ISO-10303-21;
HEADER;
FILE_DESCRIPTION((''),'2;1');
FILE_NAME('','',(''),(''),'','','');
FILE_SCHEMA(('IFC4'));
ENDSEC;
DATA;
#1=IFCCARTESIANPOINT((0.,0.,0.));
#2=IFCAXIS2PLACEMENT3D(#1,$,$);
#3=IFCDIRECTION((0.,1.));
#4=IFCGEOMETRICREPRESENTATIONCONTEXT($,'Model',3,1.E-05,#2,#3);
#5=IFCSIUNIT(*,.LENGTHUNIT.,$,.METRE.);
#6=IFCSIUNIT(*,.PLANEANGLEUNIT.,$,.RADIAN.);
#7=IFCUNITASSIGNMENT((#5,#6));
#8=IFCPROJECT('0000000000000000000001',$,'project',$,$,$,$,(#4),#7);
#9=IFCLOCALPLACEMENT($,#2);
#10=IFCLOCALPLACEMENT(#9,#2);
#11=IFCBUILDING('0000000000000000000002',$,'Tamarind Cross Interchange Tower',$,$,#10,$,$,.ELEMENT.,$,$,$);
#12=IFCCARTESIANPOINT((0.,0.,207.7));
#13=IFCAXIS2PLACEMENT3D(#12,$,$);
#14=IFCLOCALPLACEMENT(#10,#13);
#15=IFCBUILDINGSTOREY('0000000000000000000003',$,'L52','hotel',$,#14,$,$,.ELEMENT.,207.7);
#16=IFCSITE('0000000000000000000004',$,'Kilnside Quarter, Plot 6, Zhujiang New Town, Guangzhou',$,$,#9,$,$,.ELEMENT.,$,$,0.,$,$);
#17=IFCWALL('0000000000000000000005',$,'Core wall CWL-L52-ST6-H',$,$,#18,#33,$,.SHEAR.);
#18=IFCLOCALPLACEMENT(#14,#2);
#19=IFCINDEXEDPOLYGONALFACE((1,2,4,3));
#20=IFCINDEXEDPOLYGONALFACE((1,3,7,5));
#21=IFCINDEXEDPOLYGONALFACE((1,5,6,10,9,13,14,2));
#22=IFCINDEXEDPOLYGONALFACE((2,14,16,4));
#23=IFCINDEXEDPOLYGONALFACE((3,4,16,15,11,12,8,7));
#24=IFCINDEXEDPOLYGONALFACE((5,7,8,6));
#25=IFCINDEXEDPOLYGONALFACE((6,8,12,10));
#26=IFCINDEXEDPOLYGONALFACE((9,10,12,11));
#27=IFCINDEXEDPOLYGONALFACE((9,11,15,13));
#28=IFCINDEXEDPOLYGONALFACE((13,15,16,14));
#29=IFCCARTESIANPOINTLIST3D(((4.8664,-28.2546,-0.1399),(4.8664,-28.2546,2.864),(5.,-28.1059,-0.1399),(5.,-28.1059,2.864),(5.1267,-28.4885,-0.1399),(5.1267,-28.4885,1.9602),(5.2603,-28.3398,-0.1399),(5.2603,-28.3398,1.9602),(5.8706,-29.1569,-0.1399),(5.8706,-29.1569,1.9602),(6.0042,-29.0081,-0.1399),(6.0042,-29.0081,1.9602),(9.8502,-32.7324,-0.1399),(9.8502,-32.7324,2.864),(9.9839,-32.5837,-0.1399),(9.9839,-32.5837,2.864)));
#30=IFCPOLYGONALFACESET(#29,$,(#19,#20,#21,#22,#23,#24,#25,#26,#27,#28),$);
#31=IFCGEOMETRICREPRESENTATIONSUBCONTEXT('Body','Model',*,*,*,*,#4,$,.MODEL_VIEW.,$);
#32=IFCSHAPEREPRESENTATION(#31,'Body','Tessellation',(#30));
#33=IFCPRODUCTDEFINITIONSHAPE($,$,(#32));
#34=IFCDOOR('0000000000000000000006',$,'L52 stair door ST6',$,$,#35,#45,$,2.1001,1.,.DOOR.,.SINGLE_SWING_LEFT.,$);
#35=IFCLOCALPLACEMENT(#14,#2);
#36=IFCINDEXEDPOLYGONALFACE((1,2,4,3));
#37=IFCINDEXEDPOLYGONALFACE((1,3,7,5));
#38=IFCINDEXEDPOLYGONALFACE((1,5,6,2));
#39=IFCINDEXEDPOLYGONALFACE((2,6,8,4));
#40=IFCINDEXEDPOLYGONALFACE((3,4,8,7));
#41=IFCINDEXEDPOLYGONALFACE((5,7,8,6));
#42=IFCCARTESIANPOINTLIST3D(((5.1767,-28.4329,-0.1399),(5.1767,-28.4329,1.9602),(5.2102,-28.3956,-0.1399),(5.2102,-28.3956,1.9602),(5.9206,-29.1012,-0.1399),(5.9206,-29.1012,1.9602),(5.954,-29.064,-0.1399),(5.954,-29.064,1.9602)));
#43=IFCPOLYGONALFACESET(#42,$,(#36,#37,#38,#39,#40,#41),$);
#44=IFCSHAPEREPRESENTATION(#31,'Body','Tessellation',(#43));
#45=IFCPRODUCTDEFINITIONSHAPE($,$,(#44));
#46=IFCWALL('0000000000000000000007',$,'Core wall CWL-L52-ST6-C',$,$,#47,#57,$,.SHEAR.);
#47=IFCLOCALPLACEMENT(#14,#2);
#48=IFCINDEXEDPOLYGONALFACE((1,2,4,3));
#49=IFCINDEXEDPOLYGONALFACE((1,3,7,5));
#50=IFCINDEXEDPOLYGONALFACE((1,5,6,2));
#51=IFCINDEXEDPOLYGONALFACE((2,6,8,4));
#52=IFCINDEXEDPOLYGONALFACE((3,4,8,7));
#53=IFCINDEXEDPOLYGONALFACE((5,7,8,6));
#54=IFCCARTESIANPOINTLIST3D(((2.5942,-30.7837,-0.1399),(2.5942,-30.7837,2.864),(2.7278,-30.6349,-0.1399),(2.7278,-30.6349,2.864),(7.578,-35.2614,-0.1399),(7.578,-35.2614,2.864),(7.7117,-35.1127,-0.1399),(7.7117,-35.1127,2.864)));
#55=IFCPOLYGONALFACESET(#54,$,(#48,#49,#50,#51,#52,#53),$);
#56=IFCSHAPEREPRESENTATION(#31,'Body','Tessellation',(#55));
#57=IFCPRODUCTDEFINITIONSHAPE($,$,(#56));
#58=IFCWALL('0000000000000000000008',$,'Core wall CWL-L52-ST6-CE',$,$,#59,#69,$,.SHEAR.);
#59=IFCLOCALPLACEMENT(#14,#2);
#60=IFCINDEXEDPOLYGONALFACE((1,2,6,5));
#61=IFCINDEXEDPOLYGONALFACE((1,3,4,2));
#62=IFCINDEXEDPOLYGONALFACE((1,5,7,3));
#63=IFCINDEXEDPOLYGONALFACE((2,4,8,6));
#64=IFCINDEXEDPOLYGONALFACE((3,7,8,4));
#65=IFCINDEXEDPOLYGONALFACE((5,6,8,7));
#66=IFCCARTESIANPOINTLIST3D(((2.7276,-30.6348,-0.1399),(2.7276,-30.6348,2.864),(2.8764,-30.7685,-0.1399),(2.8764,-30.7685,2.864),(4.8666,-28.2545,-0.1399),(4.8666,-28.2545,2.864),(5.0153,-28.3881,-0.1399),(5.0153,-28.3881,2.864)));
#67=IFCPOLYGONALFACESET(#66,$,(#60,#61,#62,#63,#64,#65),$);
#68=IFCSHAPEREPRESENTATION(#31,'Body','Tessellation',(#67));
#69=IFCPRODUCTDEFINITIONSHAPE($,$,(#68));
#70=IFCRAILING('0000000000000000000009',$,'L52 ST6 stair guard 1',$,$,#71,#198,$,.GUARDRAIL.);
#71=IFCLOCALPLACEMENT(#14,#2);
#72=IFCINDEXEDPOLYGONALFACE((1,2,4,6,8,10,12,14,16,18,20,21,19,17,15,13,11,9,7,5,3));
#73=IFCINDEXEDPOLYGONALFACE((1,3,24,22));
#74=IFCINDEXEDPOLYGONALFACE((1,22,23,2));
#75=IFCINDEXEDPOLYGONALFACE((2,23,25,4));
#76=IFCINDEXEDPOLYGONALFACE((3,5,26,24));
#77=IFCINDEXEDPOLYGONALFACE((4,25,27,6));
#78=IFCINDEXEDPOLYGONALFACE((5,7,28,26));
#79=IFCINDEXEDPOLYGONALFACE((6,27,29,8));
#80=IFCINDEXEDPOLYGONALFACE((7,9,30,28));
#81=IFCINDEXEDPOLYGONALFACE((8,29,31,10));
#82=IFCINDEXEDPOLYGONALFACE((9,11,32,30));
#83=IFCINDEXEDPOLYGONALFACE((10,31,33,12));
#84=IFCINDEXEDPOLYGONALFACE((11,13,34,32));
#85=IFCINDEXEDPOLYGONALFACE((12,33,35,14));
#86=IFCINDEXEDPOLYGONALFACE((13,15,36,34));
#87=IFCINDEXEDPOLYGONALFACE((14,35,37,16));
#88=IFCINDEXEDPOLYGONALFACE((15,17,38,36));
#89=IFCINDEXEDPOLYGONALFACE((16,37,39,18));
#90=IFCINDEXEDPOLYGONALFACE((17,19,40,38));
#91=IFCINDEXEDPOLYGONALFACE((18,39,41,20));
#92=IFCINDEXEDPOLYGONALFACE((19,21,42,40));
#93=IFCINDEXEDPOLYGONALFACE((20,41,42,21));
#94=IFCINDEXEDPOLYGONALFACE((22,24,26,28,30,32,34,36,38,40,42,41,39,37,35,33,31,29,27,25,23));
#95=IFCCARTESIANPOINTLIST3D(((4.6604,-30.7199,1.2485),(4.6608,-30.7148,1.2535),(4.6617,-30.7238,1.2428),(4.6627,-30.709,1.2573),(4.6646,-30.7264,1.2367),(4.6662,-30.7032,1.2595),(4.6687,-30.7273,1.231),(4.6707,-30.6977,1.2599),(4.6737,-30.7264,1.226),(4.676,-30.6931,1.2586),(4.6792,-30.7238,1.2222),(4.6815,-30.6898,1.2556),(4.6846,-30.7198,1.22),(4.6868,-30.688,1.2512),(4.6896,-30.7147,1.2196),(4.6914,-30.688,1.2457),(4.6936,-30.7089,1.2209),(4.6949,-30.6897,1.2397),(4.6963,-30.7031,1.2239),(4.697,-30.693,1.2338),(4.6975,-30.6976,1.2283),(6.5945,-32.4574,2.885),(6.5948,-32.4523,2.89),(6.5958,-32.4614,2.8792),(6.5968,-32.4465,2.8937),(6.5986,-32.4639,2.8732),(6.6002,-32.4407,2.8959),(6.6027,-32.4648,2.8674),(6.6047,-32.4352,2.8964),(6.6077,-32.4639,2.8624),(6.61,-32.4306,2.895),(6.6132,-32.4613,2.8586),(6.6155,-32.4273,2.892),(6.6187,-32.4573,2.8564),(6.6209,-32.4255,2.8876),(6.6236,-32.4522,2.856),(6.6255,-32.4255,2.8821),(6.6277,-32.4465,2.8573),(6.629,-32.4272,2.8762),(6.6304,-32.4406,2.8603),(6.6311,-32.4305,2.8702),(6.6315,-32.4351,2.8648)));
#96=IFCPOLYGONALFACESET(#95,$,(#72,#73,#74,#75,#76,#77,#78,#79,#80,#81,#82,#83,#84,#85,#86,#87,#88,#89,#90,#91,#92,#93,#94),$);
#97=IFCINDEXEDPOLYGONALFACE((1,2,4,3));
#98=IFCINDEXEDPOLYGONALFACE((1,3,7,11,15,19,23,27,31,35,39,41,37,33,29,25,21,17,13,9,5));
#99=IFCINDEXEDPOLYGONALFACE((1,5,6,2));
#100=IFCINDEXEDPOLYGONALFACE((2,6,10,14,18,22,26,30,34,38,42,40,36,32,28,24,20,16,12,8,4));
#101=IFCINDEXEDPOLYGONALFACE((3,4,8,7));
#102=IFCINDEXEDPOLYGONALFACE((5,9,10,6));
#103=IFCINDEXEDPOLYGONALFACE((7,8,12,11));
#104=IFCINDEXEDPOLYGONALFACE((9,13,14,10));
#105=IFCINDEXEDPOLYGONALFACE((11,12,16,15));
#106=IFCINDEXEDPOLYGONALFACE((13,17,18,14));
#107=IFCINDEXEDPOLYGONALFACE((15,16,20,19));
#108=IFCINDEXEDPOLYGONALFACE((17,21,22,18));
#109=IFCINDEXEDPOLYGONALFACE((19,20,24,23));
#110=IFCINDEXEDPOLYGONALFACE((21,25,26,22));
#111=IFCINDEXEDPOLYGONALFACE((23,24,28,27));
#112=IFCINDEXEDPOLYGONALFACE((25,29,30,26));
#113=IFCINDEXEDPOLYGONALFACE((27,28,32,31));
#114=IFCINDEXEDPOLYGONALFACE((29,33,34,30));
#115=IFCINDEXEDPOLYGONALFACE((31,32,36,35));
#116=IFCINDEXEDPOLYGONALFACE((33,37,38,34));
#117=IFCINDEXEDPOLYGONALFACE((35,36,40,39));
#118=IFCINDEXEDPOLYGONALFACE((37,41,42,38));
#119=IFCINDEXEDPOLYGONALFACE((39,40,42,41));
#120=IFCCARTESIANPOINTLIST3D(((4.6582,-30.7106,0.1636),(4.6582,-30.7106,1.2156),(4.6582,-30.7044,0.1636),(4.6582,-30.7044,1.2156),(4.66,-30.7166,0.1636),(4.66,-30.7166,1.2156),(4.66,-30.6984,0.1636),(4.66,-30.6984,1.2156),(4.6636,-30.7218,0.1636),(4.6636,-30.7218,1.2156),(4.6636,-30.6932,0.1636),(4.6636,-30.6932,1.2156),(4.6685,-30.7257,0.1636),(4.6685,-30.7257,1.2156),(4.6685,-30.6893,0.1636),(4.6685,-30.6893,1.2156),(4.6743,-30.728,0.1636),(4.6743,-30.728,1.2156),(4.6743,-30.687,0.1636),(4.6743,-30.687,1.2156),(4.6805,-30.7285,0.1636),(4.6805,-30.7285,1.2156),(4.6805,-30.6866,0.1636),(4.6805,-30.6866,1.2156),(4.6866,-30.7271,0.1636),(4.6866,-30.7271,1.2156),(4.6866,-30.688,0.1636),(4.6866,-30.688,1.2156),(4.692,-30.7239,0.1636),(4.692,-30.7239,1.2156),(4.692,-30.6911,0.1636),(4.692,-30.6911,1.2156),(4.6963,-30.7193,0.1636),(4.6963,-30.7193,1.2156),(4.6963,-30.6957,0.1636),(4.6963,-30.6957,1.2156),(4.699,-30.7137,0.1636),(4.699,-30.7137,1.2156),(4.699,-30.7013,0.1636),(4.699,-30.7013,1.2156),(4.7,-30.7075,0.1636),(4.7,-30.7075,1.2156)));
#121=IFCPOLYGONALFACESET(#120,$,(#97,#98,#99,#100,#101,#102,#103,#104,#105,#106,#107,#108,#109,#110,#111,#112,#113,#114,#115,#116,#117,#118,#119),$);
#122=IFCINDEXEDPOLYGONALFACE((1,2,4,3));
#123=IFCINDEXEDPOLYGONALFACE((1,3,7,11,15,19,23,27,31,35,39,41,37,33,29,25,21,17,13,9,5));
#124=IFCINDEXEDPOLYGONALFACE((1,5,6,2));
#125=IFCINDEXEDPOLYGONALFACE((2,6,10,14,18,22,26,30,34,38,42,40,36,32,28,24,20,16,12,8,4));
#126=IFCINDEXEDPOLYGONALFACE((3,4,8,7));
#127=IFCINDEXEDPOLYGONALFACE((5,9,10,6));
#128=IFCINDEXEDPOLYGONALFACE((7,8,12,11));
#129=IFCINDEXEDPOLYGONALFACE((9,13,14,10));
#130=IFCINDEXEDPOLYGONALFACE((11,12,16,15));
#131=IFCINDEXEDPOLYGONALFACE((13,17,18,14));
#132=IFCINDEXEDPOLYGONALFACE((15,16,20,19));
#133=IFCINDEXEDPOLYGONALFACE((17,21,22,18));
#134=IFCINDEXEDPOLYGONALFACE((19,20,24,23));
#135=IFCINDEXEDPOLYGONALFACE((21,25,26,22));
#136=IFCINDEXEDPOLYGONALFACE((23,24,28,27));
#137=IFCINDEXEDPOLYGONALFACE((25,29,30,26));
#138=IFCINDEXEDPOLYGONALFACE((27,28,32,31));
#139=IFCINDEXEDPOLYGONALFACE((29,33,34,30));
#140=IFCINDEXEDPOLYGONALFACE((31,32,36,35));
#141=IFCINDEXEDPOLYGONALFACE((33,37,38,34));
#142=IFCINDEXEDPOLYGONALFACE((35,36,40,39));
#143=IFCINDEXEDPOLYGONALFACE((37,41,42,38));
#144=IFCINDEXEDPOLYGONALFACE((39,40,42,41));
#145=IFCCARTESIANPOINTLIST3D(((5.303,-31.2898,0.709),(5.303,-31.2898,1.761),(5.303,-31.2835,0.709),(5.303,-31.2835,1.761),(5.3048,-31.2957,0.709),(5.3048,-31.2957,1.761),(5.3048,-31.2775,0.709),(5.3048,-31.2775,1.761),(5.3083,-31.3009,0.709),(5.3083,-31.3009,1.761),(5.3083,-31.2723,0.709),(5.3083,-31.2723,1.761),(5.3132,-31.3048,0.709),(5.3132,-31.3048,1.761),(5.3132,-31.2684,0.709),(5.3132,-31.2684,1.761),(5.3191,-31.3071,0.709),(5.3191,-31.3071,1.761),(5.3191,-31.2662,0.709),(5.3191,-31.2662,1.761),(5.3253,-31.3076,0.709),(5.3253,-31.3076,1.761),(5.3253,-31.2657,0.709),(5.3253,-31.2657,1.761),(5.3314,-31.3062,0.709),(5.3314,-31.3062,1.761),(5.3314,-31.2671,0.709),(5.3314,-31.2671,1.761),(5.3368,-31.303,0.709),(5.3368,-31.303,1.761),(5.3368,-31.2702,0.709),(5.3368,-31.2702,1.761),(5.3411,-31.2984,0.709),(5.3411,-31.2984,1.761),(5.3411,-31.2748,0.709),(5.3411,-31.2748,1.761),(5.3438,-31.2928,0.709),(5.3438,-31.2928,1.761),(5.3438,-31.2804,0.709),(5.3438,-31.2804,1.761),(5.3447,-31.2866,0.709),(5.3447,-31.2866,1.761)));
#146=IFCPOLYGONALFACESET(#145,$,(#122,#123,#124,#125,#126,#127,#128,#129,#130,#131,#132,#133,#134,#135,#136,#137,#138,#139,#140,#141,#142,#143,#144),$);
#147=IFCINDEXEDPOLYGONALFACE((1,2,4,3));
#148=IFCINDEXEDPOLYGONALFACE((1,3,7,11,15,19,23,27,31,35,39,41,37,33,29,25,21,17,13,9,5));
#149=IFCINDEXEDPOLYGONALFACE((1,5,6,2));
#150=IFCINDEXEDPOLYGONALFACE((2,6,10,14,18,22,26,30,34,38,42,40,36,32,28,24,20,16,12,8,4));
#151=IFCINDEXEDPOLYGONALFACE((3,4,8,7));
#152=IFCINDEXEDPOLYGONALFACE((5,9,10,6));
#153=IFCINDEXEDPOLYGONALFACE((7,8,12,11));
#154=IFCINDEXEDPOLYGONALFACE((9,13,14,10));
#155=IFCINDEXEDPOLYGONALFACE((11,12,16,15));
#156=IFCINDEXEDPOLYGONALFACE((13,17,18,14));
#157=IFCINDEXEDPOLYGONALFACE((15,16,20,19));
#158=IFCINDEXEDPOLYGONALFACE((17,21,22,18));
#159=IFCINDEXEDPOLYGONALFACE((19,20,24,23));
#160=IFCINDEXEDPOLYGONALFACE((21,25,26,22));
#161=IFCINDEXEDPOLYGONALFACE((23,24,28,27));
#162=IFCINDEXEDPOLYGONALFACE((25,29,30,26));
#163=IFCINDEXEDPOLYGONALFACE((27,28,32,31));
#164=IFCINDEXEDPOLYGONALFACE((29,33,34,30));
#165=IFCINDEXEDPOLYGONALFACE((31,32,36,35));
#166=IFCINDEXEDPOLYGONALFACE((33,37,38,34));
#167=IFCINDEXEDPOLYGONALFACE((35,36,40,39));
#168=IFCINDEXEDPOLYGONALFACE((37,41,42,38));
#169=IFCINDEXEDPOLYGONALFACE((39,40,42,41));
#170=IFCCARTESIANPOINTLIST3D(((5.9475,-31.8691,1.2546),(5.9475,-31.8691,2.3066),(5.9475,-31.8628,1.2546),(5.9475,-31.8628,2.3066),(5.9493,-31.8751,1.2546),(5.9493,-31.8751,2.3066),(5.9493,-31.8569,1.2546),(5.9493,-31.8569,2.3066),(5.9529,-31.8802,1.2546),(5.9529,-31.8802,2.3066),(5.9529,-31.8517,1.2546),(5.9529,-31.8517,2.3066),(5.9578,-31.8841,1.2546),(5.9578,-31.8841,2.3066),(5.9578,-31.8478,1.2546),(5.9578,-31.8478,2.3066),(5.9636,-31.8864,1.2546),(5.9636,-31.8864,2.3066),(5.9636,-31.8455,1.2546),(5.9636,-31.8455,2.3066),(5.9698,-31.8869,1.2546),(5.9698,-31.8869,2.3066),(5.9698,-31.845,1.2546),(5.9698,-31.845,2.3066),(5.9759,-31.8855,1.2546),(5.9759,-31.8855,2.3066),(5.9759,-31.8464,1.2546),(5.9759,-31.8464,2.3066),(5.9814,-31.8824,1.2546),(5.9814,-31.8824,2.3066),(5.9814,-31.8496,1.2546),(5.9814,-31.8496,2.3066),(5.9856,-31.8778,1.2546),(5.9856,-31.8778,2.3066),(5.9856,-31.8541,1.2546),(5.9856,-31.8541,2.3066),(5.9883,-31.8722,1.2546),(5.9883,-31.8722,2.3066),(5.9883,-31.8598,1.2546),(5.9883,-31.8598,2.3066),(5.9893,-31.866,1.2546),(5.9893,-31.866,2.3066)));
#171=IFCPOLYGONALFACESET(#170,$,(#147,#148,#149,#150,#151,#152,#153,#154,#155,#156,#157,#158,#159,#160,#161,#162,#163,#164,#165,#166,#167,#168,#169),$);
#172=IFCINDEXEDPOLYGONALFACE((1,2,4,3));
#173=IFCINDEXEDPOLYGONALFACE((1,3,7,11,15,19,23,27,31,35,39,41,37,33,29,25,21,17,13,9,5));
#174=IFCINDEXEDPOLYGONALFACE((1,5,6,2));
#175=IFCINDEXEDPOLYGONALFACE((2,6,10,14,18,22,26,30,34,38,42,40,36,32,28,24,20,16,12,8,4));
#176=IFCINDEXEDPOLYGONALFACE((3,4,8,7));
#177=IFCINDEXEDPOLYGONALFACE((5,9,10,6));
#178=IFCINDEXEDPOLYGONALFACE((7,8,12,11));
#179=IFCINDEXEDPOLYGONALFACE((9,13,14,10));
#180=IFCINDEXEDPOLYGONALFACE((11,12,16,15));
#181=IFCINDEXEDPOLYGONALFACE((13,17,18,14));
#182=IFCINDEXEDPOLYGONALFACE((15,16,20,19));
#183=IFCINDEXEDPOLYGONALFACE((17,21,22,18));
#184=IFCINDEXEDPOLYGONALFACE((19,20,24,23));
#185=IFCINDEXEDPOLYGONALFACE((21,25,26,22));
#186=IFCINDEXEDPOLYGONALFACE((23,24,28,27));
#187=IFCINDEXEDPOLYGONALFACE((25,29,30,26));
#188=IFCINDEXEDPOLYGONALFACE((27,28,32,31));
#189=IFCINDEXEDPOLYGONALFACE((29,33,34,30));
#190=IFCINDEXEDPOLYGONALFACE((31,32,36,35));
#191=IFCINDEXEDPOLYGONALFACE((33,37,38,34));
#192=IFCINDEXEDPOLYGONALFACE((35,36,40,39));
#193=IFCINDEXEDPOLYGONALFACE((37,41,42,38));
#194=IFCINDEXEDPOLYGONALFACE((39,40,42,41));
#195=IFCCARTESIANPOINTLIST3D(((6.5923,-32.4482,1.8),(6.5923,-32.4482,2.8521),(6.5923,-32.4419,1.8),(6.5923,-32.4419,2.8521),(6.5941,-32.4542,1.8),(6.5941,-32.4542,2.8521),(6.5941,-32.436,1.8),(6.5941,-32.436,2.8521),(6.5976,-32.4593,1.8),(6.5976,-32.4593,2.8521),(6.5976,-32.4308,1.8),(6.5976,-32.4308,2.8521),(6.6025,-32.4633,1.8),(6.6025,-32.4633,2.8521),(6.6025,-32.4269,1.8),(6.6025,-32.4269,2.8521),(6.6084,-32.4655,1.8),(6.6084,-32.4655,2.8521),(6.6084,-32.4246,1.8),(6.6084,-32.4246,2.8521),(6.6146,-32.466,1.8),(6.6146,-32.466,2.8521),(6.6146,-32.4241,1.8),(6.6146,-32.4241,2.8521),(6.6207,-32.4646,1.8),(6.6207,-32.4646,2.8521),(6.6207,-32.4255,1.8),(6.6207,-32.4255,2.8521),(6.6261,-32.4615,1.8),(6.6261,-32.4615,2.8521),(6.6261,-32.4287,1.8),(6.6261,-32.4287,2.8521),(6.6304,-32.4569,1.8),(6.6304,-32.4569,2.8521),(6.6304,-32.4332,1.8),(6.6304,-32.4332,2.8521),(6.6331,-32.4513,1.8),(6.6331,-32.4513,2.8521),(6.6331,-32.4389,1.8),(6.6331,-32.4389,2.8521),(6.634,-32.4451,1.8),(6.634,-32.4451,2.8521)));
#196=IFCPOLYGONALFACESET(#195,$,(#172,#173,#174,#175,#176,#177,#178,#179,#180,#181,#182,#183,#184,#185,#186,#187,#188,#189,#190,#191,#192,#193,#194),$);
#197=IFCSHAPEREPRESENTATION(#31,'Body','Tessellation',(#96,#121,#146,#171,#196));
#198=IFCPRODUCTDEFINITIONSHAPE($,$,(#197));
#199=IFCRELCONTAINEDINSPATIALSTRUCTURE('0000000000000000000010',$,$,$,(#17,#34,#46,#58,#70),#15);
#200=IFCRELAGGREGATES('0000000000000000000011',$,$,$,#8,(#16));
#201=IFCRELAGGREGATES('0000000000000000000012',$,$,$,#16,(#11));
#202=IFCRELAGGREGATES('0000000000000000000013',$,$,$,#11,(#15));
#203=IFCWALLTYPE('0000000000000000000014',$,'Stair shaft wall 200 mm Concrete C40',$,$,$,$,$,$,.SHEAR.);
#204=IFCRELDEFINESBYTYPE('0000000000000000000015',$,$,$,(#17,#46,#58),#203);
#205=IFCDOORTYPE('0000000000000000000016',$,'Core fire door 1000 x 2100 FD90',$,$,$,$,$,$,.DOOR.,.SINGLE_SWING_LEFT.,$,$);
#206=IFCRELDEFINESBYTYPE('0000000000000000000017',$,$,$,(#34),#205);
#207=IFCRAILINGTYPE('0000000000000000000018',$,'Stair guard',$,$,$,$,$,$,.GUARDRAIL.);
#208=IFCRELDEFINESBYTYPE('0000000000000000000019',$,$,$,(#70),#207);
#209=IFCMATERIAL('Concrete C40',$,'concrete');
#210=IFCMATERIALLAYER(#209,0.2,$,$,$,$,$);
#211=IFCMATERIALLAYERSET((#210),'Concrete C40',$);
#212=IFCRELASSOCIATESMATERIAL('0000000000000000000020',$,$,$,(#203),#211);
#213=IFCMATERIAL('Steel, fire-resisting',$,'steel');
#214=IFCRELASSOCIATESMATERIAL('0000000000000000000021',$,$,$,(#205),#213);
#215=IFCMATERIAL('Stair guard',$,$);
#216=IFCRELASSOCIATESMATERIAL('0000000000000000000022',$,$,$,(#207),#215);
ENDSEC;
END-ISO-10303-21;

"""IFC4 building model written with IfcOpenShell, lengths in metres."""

from ifc_helpers import new_model, si_unit, direction, frame, frame_2d, origin, origin_2d, place, context, subcontext, project, spatial, rectangle, circle, extrude, material, layer, layer_set, type_object, element, fill, save


model = new_model("IFC4")

# Units and contexts
model_context = context("Model", 3, precision=1e-05, world=origin(), true_north=direction((0.0, 1.0)))
body_context = subcontext(model_context, "Body", "Model", "MODEL_VIEW")
ifc_project = project(units=[si_unit("LENGTHUNIT", "METRE"), si_unit("PLANEANGLEUNIT", "RADIAN")], contexts=[model_context])

# Site, building, storey
site_placement = place(None, origin())
site = spatial("IfcSite", under=ifc_project, at=site_placement, Name="Kilnside Quarter, Plot 6, Zhujiang New Town, Guangzhou", CompositionType="ELEMENT", RefElevation=0.0)
building_placement = place(site_placement, origin())
building = spatial("IfcBuilding", under=site, at=building_placement, Name="Tamarind Cross Interchange Tower", CompositionType="ELEMENT")
storey_placement = place(building_placement, frame((0.0, 0.0, 207.7)))
storey = spatial("IfcBuildingStorey", under=building, at=storey_placement, Name="L52", Description="hotel", CompositionType="ELEMENT", Elevation=207.7)

# Wall, opening, door
ifc_material_1 = material(Name="Concrete C40", Category="concrete")
ifc_layer_1 = layer(ifc_material_1, 0.2)
ifc_layer_set_1 = layer_set([ifc_layer_1], Name="Concrete C40")
wall_type_1 = type_object("IfcWallType", Name="Stair shaft wall 200 mm Concrete C40", PredefinedType="SHEAR", material=ifc_layer_set_1)
wall_1_placement = place(storey_placement, frame((4.9331, -28.1802, -0.1399), z_axis=(0.0, 0.0, 1.0), x_axis=(0.743866, -0.668328, 0.0)))
wall_1 = element("IfcWall", 1, at=wall_1_placement, inside=storey, type_object=wall_type_1, Name="Core wall CWL-L52-ST6-H", PredefinedType="SHEAR", context=body_context, shape_type="SweptSolid", body=[
    extrude(rectangle(XDim=6.7, YDim=0.2, at=frame_2d((3.3501, 0.0))), origin(), (0.0, 0.0, 1.0), 3.0039),
])
opening_1_placement = place(wall_1_placement, frame((0.3501, 0.0, 0.0)))
opening_1 = element("IfcOpeningElement", 2, at=opening_1_placement, cuts=wall_1, PredefinedType="OPENING", context=body_context, shape_type="SweptSolid", body=[
    extrude(rectangle(XDim=1.0, YDim=2.1001, at=frame_2d((0.5, 1.05))), frame((0.0, 0.1099, 0.0), z_axis=(0.0, -1.0, 0.0), x_axis=(1.0, 0.0, 0.0)), (0.0, 0.0, 1.0), 0.22),
])
ifc_material_2 = material(Name="Steel, fire-resisting", Category="steel")
door_type_1 = type_object("IfcDoorType", Name="Core fire door 1000 x 2100 FD90", OperationType="SINGLE_SWING_LEFT", PredefinedType="DOOR", material=ifc_material_2)
door_1_placement = place(opening_1_placement, origin())
door_1 = element("IfcDoor", 3, at=door_1_placement, inside=storey, type_object=door_type_1, Name="L52 stair door ST6", OperationType="SINGLE_SWING_LEFT", OverallHeight=2.1001, OverallWidth=1.0, PredefinedType="DOOR", context=body_context, shape_type="SweptSolid", body=[
    extrude(rectangle(XDim=1.0, YDim=2.1001, at=frame_2d((0.5, 1.05))), frame((0.0, 0.0249, 0.0), z_axis=(0.0, -1.0, 0.0), x_axis=(1.0, 0.0, 0.0)), (0.0, 0.0, 1.0), 0.05),
])
fill(opening_1, door_1)

# Walls
wall_2_placement = place(storey_placement, frame((2.6609, -30.7092, -0.1399), z_axis=(0.0, 0.0, 1.0), x_axis=(0.743866, -0.668328, 0.0)))
element("IfcWall", 4, at=wall_2_placement, inside=storey, type_object=wall_type_1, Name="Core wall CWL-L52-ST6-C", PredefinedType="SHEAR", context=body_context, shape_type="SweptSolid", body=[
    extrude(rectangle(XDim=6.7, YDim=0.2, at=frame_2d((3.3501, 0.0))), origin(), (0.0, 0.0, 1.0), 3.0039),
])
wall_3_placement = place(storey_placement, frame((2.802, -30.7017, -0.1399), z_axis=(0.0, 0.0, 1.0), x_axis=(0.668374, 0.743825, 0.0)))
element("IfcWall", 5, at=wall_3_placement, inside=storey, type_object=wall_type_1, Name="Core wall CWL-L52-ST6-CE", PredefinedType="SHEAR", context=body_context, shape_type="SweptSolid", body=[
    extrude(rectangle(XDim=3.2002, YDim=0.2, at=frame_2d((1.6001, 0.0))), origin(), (0.0, 0.0, 1.0), 3.0039),
])

# Railing
ifc_material_3 = material(Name="Stair guard")
railing_type = type_object("IfcRailingType", Name="Stair guard", PredefinedType="GUARDRAIL", material=ifc_material_3)
railing_1_placement = place(storey_placement, frame((4.679, -30.7075, 0.1636)))
element("IfcRailing", 6, at=railing_1_placement, inside=storey, type_object=railing_type, Name="L52 ST6 stair guard 1", PredefinedType="GUARDRAIL", context=body_context, shape_type="SweptSolid", body=[
    extrude(circle(Radius=0.0239, at=origin_2d()), frame((0.0, 0.0, 1.0762), z_axis=(0.629564, -0.56559, 0.532689), x_axis=(0.6683, 0.743892, 0.0)), (0.0, 0.0, 1.0), 3.072),
    extrude(circle(Radius=0.021, at=origin_2d()), origin(), (0.0, 0.0, 1.0), 1.052),
    extrude(circle(Radius=0.021, at=origin_2d()), frame((0.6448, -0.5791, 0.5454)), (0.0, 0.0, 1.0), 1.052),
    extrude(circle(Radius=0.021, at=origin_2d()), frame((1.2893, -1.1584, 1.0911)), (0.0, 0.0, 1.0), 1.052),
    extrude(circle(Radius=0.021, at=origin_2d()), frame((1.9341, -1.7375, 1.6365)), (0.0, 0.0, 1.0), 1.052),
])

save(model, "model.ifc")
